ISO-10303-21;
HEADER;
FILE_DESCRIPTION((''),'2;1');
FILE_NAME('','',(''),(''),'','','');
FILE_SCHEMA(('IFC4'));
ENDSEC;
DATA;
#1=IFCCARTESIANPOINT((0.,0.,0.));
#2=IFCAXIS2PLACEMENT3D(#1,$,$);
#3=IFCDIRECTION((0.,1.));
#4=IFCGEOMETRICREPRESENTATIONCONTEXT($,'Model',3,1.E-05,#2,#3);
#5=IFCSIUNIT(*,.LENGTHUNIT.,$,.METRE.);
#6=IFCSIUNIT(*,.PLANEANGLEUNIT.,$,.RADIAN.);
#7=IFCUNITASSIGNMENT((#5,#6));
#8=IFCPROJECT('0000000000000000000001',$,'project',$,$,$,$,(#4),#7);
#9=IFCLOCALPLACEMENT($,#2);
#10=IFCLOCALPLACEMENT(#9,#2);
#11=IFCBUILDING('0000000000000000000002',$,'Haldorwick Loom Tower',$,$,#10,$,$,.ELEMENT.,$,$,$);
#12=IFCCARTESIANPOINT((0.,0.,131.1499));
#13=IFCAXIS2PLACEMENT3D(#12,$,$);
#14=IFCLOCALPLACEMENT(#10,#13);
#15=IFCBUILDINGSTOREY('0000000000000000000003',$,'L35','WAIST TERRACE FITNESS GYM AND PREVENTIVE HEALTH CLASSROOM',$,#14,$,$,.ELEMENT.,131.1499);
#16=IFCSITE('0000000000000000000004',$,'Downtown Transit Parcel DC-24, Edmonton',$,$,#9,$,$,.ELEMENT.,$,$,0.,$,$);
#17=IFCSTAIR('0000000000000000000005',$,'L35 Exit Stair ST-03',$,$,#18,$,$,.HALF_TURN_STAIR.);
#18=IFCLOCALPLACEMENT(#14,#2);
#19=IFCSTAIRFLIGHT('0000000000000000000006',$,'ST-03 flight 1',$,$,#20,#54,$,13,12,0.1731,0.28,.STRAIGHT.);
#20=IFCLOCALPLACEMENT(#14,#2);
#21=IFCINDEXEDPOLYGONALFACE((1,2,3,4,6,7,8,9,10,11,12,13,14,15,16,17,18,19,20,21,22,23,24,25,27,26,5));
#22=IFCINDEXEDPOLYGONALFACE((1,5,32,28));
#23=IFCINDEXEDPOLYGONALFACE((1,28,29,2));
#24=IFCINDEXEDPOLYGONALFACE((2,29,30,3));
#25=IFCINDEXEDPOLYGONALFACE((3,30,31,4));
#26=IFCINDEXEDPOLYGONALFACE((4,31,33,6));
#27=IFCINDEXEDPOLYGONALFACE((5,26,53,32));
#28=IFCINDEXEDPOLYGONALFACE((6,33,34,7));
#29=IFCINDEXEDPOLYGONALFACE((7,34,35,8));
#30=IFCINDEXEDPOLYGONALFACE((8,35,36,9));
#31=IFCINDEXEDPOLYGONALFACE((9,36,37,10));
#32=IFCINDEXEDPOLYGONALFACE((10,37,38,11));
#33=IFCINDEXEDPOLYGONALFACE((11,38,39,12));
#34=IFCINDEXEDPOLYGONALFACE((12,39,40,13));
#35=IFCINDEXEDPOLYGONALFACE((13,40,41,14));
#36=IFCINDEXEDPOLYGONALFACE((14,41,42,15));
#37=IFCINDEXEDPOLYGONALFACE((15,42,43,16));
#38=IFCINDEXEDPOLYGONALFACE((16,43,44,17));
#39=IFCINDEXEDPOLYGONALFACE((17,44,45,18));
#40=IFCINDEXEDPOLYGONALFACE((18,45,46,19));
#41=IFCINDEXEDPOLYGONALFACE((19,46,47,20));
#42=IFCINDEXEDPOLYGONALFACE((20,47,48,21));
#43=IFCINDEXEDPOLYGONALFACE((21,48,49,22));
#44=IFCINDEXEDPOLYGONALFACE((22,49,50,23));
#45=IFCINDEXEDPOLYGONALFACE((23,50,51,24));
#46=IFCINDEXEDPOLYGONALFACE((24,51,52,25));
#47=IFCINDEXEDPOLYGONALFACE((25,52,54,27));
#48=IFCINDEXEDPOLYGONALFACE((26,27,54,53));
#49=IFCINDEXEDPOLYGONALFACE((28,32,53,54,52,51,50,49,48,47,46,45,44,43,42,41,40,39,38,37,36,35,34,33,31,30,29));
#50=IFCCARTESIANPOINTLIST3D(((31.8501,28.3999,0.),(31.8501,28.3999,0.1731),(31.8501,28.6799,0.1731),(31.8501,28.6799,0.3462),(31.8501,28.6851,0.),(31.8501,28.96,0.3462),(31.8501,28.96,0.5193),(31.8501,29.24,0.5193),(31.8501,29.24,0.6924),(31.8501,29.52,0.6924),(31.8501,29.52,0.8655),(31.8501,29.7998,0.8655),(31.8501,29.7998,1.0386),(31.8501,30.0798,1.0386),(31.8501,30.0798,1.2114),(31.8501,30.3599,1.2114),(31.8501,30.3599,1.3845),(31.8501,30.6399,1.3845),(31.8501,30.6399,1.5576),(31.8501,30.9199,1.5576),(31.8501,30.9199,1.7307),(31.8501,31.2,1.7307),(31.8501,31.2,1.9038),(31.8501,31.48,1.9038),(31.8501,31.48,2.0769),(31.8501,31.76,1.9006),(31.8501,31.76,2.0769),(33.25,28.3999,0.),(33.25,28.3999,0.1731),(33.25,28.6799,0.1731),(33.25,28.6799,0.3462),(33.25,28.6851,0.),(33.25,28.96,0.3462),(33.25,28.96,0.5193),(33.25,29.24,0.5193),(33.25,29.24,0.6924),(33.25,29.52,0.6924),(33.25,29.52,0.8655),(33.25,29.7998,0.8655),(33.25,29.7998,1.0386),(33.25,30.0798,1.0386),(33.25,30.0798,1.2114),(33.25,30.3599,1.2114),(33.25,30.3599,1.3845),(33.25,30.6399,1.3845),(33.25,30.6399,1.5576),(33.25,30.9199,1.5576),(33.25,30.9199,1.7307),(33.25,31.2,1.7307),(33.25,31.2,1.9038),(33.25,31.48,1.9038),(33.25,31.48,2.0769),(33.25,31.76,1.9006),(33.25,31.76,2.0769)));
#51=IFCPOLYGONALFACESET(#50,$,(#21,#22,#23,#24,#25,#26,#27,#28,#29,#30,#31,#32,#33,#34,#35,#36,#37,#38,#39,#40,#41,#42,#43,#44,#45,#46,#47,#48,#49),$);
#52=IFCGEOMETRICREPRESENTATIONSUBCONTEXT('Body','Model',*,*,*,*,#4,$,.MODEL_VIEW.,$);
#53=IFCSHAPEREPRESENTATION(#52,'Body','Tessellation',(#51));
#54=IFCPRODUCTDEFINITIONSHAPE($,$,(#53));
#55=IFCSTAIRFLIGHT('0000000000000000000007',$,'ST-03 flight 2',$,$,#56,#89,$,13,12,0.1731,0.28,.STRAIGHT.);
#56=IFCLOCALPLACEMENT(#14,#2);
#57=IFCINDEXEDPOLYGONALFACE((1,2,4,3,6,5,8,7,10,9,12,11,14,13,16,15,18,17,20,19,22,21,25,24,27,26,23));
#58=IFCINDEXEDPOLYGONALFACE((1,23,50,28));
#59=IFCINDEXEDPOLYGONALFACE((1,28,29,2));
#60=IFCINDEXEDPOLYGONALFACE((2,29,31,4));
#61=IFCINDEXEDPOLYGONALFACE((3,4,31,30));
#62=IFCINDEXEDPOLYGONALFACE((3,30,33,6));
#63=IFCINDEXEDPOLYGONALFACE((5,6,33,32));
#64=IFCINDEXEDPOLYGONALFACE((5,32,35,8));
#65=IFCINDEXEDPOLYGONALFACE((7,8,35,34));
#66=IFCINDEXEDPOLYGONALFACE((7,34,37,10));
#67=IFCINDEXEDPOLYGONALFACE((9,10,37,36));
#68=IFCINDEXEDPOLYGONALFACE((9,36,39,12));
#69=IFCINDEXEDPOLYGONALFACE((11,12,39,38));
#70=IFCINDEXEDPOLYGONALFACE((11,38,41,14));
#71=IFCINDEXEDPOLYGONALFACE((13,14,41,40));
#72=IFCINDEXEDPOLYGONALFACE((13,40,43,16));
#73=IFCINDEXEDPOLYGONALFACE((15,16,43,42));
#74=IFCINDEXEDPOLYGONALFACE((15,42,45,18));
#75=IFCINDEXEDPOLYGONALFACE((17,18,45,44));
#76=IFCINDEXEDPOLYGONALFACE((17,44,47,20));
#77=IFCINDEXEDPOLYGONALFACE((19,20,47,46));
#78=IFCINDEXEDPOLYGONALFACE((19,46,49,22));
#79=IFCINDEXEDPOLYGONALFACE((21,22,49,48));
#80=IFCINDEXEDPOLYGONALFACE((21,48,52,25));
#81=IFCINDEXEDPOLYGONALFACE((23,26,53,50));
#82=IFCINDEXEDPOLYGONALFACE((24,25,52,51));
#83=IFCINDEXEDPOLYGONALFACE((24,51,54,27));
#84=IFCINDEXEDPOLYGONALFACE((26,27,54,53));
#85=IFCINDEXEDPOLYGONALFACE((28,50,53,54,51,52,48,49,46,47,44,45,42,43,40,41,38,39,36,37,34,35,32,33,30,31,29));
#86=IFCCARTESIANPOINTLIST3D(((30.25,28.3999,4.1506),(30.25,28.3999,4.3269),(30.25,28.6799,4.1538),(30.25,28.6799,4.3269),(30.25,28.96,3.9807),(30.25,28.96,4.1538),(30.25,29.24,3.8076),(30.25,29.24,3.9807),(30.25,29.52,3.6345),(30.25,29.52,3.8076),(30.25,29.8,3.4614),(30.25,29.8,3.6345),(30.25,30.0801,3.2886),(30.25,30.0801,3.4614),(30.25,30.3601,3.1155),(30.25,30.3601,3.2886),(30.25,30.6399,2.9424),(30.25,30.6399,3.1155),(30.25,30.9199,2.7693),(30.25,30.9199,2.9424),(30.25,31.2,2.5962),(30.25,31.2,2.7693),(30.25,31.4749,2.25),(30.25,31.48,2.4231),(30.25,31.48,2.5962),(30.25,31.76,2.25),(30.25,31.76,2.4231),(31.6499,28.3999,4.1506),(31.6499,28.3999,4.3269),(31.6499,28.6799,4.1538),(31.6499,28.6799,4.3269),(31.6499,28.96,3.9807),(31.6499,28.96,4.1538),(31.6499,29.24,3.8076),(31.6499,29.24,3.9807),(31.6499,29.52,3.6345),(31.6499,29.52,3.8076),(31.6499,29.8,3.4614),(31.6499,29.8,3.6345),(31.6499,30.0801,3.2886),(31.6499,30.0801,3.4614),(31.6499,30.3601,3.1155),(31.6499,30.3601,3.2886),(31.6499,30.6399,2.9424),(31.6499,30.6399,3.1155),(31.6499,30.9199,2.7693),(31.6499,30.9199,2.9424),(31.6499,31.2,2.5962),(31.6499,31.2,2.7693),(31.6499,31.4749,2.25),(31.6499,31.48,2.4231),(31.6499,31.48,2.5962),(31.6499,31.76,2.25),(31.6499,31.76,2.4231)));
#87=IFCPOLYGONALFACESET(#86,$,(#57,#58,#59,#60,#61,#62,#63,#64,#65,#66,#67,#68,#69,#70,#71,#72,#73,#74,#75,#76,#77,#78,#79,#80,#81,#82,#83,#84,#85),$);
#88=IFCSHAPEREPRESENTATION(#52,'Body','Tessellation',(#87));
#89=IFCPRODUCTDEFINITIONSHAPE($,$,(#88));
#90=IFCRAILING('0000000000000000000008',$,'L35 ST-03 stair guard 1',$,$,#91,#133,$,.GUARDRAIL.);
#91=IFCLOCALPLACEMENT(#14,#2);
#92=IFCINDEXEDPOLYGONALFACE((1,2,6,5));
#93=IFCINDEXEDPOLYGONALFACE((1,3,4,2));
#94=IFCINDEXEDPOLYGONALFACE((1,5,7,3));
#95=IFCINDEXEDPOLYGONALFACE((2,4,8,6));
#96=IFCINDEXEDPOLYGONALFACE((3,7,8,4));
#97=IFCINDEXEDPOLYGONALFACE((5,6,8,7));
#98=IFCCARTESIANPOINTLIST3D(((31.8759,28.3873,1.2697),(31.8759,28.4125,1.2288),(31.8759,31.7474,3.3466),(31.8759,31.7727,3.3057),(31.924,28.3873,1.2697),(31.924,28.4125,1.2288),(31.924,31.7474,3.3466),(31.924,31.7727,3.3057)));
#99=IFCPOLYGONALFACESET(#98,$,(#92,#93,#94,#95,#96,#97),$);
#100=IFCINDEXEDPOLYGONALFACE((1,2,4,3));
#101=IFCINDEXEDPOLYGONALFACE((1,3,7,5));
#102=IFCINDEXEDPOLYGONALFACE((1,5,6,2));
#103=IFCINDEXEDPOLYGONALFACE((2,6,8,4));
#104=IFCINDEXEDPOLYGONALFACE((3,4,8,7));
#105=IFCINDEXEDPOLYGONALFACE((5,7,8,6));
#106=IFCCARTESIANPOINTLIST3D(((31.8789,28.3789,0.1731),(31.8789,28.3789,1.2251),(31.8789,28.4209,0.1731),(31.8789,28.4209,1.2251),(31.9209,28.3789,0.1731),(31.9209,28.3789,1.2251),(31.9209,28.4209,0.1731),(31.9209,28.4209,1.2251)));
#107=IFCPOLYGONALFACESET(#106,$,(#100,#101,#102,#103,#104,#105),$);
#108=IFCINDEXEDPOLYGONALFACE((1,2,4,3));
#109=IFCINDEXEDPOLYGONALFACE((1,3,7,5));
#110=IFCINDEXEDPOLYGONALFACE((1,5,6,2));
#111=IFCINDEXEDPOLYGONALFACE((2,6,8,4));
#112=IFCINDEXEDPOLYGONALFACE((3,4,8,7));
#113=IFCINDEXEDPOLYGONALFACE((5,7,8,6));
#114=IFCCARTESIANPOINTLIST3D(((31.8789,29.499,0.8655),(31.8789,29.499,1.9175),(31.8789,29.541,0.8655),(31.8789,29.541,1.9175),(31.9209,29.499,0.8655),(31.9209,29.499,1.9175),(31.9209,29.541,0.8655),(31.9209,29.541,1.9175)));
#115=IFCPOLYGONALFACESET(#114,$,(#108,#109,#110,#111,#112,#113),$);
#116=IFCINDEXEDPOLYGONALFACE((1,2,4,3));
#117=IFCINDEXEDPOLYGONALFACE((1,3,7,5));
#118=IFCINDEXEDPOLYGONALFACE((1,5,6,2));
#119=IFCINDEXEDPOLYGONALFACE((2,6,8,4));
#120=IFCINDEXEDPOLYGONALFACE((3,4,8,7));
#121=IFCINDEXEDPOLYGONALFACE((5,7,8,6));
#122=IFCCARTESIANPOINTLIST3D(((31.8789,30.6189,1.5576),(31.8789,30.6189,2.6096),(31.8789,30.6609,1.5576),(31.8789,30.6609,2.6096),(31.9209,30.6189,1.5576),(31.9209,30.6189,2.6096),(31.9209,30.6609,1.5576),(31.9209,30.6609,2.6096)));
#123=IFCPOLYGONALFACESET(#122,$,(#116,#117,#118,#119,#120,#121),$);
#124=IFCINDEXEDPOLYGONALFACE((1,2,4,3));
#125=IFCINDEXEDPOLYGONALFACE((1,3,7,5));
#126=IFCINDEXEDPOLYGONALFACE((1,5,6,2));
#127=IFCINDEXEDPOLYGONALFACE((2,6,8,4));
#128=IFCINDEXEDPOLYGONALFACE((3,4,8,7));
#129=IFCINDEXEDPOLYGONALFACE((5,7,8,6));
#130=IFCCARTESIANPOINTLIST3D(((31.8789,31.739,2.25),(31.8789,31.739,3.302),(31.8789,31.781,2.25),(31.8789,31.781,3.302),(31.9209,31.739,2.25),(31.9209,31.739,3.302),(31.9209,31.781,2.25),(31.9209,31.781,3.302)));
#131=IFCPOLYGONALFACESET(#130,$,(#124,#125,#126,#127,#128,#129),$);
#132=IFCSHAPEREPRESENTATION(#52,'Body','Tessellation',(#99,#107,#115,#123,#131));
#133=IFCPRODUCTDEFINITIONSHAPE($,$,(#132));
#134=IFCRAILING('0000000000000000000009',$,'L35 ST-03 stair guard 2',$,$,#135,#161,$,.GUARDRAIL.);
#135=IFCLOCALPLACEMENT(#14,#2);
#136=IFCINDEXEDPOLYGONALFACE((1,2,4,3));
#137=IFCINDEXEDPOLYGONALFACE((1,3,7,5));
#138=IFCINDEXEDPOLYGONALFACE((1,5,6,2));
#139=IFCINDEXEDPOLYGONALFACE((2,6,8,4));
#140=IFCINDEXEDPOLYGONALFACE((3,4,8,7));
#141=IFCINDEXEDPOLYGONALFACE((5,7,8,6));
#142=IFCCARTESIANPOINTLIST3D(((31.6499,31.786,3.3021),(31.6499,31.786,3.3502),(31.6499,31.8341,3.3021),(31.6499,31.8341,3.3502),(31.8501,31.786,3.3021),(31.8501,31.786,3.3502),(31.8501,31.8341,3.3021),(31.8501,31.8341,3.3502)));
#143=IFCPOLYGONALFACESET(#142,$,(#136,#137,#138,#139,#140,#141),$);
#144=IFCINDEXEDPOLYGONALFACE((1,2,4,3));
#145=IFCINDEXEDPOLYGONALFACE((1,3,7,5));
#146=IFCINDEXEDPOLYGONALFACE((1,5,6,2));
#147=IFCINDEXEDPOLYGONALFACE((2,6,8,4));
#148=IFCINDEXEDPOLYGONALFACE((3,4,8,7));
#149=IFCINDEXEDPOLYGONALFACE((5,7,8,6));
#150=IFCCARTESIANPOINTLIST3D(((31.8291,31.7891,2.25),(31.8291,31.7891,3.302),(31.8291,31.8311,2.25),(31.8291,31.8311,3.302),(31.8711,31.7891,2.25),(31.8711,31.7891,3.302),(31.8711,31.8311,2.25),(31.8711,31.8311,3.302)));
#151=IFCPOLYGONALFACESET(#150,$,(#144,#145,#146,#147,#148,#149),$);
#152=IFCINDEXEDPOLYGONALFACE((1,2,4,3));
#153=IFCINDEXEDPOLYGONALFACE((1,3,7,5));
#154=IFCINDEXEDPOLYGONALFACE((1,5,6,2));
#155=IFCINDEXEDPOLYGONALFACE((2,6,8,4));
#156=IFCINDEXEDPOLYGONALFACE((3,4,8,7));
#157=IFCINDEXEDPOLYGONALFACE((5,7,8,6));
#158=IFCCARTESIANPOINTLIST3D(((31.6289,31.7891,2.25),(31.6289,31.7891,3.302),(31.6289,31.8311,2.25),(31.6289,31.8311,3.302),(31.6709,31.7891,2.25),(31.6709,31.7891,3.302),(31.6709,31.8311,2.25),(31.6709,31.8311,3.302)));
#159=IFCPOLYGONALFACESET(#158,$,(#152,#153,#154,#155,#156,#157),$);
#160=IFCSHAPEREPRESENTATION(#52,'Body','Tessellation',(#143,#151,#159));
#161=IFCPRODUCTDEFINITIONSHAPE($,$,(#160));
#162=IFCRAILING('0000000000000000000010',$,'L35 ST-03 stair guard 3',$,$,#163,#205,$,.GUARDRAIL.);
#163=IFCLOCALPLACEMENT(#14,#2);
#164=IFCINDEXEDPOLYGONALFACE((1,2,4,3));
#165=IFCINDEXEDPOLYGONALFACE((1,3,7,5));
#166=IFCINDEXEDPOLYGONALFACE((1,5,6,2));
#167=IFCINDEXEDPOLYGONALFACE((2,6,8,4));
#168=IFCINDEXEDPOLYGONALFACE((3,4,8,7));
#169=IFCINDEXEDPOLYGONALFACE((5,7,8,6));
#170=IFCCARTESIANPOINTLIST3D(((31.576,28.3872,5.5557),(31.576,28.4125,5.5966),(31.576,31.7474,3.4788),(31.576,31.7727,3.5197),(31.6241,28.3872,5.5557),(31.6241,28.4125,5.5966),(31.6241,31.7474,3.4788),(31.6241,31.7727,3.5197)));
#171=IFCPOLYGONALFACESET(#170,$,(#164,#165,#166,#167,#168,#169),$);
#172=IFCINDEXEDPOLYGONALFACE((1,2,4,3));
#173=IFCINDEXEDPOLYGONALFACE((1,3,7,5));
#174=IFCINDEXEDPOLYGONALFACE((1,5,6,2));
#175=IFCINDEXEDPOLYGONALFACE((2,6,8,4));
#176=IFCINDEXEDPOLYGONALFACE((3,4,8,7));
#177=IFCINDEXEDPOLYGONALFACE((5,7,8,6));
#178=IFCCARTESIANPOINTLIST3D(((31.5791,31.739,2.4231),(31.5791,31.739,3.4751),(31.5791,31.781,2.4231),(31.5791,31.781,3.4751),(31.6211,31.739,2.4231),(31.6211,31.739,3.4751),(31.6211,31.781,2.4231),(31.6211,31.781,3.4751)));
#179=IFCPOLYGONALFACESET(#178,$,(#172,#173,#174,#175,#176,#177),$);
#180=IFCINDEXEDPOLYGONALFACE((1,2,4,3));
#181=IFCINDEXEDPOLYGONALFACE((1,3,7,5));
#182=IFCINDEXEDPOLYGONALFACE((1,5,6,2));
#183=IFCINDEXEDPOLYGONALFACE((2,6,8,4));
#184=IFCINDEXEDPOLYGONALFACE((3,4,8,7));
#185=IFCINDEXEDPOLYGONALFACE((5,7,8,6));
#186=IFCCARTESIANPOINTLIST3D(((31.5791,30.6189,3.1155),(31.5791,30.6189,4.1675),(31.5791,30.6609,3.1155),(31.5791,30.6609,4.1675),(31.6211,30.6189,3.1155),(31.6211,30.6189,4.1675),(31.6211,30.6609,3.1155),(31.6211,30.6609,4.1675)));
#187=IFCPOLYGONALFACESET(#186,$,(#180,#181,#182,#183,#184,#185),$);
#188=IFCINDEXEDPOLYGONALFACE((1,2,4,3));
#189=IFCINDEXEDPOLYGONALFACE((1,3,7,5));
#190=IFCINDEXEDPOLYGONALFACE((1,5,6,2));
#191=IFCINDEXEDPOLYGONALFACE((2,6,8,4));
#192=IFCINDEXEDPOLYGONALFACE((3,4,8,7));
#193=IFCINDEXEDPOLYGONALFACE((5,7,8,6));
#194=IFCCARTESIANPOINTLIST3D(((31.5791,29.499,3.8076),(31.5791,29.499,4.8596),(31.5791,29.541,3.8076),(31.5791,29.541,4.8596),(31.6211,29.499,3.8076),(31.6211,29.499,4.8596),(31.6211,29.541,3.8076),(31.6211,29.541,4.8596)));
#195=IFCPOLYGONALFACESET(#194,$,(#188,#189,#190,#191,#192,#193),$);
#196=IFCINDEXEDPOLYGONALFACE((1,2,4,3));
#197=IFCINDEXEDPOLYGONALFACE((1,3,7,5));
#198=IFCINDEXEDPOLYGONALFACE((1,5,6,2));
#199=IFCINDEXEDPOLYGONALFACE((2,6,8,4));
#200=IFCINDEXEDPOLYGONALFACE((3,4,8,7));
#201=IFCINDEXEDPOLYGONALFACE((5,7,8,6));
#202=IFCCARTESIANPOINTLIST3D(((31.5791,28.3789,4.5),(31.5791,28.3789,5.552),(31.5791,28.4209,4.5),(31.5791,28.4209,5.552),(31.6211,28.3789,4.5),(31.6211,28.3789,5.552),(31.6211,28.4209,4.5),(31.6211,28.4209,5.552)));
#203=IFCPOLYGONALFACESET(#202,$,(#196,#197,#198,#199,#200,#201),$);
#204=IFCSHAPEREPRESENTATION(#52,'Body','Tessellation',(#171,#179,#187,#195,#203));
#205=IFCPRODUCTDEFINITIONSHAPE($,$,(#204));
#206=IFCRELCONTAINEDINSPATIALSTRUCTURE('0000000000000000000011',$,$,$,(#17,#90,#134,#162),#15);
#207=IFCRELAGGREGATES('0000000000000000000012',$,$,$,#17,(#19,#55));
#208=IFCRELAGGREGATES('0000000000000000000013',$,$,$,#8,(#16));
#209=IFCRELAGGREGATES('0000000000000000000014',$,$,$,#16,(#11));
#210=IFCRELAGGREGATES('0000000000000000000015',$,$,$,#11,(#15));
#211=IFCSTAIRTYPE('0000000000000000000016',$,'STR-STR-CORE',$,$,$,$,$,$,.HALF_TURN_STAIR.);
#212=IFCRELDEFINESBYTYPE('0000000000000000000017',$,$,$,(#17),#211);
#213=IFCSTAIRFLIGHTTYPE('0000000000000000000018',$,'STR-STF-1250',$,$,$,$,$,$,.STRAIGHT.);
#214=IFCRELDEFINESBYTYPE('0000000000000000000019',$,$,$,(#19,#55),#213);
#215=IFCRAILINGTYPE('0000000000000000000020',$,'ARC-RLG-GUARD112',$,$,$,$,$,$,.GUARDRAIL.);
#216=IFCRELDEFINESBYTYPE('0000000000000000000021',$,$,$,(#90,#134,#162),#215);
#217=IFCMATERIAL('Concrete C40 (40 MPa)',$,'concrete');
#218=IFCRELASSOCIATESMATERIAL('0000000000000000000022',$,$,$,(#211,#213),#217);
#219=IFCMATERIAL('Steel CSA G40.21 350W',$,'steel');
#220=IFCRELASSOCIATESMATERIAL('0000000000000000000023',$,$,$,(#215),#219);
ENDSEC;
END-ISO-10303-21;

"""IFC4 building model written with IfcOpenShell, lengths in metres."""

from ifc_helpers import new_model, si_unit, direction, frame, origin, origin_2d, place, context, subcontext, project, spatial, polyline, rectangle, outline, extrude, material, type_object, element, aggregate, save


model = new_model("IFC4")

# Units and contexts
model_context = context("Model", 3, precision=1e-05, world=origin(), true_north=direction((0.0, 1.0)))
body_context = subcontext(model_context, "Body", "Model", "MODEL_VIEW")
ifc_project = project(units=[si_unit("LENGTHUNIT", "METRE"), si_unit("PLANEANGLEUNIT", "RADIAN")], contexts=[model_context])

# Site, building, storey
site_placement = place(None, origin())
site = spatial("IfcSite", under=ifc_project, at=site_placement, Name="Downtown Transit Parcel DC-24, Edmonton", CompositionType="ELEMENT", RefElevation=0.0)
building_placement = place(site_placement, origin())
building = spatial("IfcBuilding", under=site, at=building_placement, Name="Haldorwick Loom Tower", CompositionType="ELEMENT")
storey_placement = place(building_placement, frame((0.0, 0.0, 131.1499)))
storey = spatial("IfcBuildingStorey", under=building, at=storey_placement, Name="L35", Description="WAIST TERRACE FITNESS GYM AND PREVENTIVE HEALTH CLASSROOM", CompositionType="ELEMENT", Elevation=131.1499)

# Shared definitions
ifc_material_1 = material(Name="Steel CSA G40.21 350W", Category="steel")

# Shared definitions
ifc_material_2 = material(Name="Concrete C40 (40 MPa)", Category="concrete")
stair_type = type_object("IfcStairType", Name="STR-STR-CORE", PredefinedType="HALF_TURN_STAIR", material=ifc_material_2)
stair_flight_type = type_object("IfcStairFlightType", Name="STR-STF-1250", PredefinedType="STRAIGHT", material=ifc_material_2)

# Stair, stair flights
stair_1_placement = place(storey_placement, origin())
stair_1 = element("IfcStair", 1, at=stair_1_placement, inside=storey, type_object=stair_type, Name="L35 Exit Stair ST-03", PredefinedType="HALF_TURN_STAIR")
stair_flight_1_placement = place(storey_placement, frame((32.55, 28.3999, 0.0), z_axis=(0.0, 0.0, 1.0), x_axis=(0.0, 1.0, 0.0)))
stair_flight_1 = element("IfcStairFlight", 2, at=stair_flight_1_placement, type_object=stair_flight_type, Name="ST-03 flight 1", NumberOfRisers=13, NumberOfTreads=12, PredefinedType="STRAIGHT", RiserHeight=0.1731, TreadLength=0.28, context=body_context, shape_type="SweptSolid", body=[
    extrude(outline(polyline([(0.0, 0.0), (0.0, 0.1731), (0.28, 0.1731), (0.28, 0.3462), (0.5601, 0.3462), (0.5601, 0.5193), (0.8401, 0.5193), (0.8401, 0.6924), (1.1201, 0.6924), (1.1201, 0.8655), (1.3999, 0.8655), (1.3999, 1.0386), (1.6799, 1.0386), (1.6799, 1.2114), (1.96, 1.2114), (1.96, 1.3845), (2.24, 1.3845), (2.24, 1.5576), (2.52, 1.5576), (2.52, 1.7307), (2.8, 1.7307), (2.8, 1.9038), (3.0801, 1.9038), (3.0801, 2.0769), (3.3601, 2.0769), (3.3601, 2.25), (3.3601, 1.9006), (0.2852, 0.0), (0.0, 0.0)])), frame((0.0, 0.7, 0.0), z_axis=(0.0, -1.0, 0.0), x_axis=(1.0, 0.0, 0.0)), (0.0, 0.0, 1.0), 1.3999),
])
stair_flight_2_placement = place(storey_placement, frame((30.95, 31.76, 2.25), z_axis=(0.0, 0.0, 1.0), x_axis=(0.0, -1.0, 0.0)))
stair_flight_2 = element("IfcStairFlight", 3, at=stair_flight_2_placement, type_object=stair_flight_type, Name="ST-03 flight 2", NumberOfRisers=13, NumberOfTreads=12, PredefinedType="STRAIGHT", RiserHeight=0.1731, TreadLength=0.28, context=body_context, shape_type="SweptSolid", body=[
    extrude(outline(polyline([(0.0, 0.0), (0.0, 0.1731), (0.28, 0.1731), (0.28, 0.3462), (0.5601, 0.3462), (0.5601, 0.5193), (0.8401, 0.5193), (0.8401, 0.6924), (1.1201, 0.6924), (1.1201, 0.8655), (1.3999, 0.8655), (1.3999, 1.0386), (1.6799, 1.0386), (1.6799, 1.2114), (1.96, 1.2114), (1.96, 1.3845), (2.24, 1.3845), (2.24, 1.5576), (2.52, 1.5576), (2.52, 1.7307), (2.8, 1.7307), (2.8, 1.9038), (3.0801, 1.9038), (3.0801, 2.0769), (3.3601, 2.0769), (3.3601, 2.25), (3.3601, 1.9006), (0.2852, 0.0), (0.0, 0.0)])), frame((0.0, 0.7, 0.0), z_axis=(0.0, -1.0, 0.0), x_axis=(1.0, 0.0, 0.0)), (0.0, 0.0, 1.0), 1.3999),
])
aggregate(stair_1, [stair_flight_1, stair_flight_2])

# Railings
railing_type_1 = type_object("IfcRailingType", Name="ARC-RLG-GUARD112", PredefinedType="GUARDRAIL", material=ifc_material_1)
railing_1_placement = place(storey_placement, frame((31.8999, 28.3999, 0.1731)))
element("IfcRailing", 4, at=railing_1_placement, inside=storey, type_object=railing_type_1, Name="L35 ST-03 stair guard 1", PredefinedType="GUARDRAIL", context=body_context, shape_type="SweptSolid", body=[
    extrude(rectangle(XDim=0.0481, YDim=0.0481, at=origin_2d()), frame((0.0, 0.0, 1.0762), z_axis=(0.0, 0.850623, 0.525776), x_axis=(-1.0, 0.0, 0.0)), (0.0, 0.0, 1.0), 3.9502),
    extrude(rectangle(XDim=0.042, YDim=0.042, at=origin_2d()), origin(), (0.0, 0.0, 1.0), 1.052),
    extrude(rectangle(XDim=0.042, YDim=0.042, at=origin_2d()), frame((0.0, 1.1201, 0.6924)), (0.0, 0.0, 1.0), 1.052),
    extrude(rectangle(XDim=0.042, YDim=0.042, at=origin_2d()), frame((0.0, 2.24, 1.3845)), (0.0, 0.0, 1.0), 1.052),
    extrude(rectangle(XDim=0.042, YDim=0.042, at=origin_2d()), frame((0.0, 3.3601, 2.0769)), (0.0, 0.0, 1.0), 1.052),
])
railing_2_placement = place(storey_placement, frame((31.8501, 31.8101, 2.25)))
element("IfcRailing", 5, at=railing_2_placement, inside=storey, type_object=railing_type_1, Name="L35 ST-03 stair guard 2", PredefinedType="GUARDRAIL", context=body_context, shape_type="SweptSolid", body=[
    extrude(rectangle(XDim=0.0481, YDim=0.0481, at=origin_2d()), frame((0.0, 0.0, 1.0762), z_axis=(-1.0, 0.0, 0.0), x_axis=(0.0, -1.0, 0.0)), (0.0, 0.0, 1.0), 0.2002),
    extrude(rectangle(XDim=0.042, YDim=0.042, at=origin_2d()), origin(), (0.0, 0.0, 1.0), 1.052),
    extrude(rectangle(XDim=0.042, YDim=0.042, at=origin_2d()), frame((-0.2002, 0.0, 0.0)), (0.0, 0.0, 1.0), 1.052),
])
railing_3_placement = place(storey_placement, frame((31.6001, 31.76, 2.4231)))
element("IfcRailing", 6, at=railing_3_placement, inside=storey, type_object=railing_type_1, Name="L35 ST-03 stair guard 3", PredefinedType="GUARDRAIL", context=body_context, shape_type="SweptSolid", body=[
    extrude(rectangle(XDim=0.0481, YDim=0.0481, at=origin_2d()), frame((0.0, 0.0, 1.0762), z_axis=(0.0, -0.850623, 0.525776), x_axis=(1.0, 0.0, 0.0)), (0.0, 0.0, 1.0), 3.9502),
    extrude(rectangle(XDim=0.042, YDim=0.042, at=origin_2d()), origin(), (0.0, 0.0, 1.0), 1.052),
    extrude(rectangle(XDim=0.042, YDim=0.042, at=origin_2d()), frame((0.0, -1.1201, 0.6924)), (0.0, 0.0, 1.0), 1.052),
    extrude(rectangle(XDim=0.042, YDim=0.042, at=origin_2d()), frame((0.0, -2.24, 1.3845)), (0.0, 0.0, 1.0), 1.052),
    extrude(rectangle(XDim=0.042, YDim=0.042, at=origin_2d()), frame((0.0, -3.3601, 2.0769)), (0.0, 0.0, 1.0), 1.052),
])

save(model, "model.ifc")
